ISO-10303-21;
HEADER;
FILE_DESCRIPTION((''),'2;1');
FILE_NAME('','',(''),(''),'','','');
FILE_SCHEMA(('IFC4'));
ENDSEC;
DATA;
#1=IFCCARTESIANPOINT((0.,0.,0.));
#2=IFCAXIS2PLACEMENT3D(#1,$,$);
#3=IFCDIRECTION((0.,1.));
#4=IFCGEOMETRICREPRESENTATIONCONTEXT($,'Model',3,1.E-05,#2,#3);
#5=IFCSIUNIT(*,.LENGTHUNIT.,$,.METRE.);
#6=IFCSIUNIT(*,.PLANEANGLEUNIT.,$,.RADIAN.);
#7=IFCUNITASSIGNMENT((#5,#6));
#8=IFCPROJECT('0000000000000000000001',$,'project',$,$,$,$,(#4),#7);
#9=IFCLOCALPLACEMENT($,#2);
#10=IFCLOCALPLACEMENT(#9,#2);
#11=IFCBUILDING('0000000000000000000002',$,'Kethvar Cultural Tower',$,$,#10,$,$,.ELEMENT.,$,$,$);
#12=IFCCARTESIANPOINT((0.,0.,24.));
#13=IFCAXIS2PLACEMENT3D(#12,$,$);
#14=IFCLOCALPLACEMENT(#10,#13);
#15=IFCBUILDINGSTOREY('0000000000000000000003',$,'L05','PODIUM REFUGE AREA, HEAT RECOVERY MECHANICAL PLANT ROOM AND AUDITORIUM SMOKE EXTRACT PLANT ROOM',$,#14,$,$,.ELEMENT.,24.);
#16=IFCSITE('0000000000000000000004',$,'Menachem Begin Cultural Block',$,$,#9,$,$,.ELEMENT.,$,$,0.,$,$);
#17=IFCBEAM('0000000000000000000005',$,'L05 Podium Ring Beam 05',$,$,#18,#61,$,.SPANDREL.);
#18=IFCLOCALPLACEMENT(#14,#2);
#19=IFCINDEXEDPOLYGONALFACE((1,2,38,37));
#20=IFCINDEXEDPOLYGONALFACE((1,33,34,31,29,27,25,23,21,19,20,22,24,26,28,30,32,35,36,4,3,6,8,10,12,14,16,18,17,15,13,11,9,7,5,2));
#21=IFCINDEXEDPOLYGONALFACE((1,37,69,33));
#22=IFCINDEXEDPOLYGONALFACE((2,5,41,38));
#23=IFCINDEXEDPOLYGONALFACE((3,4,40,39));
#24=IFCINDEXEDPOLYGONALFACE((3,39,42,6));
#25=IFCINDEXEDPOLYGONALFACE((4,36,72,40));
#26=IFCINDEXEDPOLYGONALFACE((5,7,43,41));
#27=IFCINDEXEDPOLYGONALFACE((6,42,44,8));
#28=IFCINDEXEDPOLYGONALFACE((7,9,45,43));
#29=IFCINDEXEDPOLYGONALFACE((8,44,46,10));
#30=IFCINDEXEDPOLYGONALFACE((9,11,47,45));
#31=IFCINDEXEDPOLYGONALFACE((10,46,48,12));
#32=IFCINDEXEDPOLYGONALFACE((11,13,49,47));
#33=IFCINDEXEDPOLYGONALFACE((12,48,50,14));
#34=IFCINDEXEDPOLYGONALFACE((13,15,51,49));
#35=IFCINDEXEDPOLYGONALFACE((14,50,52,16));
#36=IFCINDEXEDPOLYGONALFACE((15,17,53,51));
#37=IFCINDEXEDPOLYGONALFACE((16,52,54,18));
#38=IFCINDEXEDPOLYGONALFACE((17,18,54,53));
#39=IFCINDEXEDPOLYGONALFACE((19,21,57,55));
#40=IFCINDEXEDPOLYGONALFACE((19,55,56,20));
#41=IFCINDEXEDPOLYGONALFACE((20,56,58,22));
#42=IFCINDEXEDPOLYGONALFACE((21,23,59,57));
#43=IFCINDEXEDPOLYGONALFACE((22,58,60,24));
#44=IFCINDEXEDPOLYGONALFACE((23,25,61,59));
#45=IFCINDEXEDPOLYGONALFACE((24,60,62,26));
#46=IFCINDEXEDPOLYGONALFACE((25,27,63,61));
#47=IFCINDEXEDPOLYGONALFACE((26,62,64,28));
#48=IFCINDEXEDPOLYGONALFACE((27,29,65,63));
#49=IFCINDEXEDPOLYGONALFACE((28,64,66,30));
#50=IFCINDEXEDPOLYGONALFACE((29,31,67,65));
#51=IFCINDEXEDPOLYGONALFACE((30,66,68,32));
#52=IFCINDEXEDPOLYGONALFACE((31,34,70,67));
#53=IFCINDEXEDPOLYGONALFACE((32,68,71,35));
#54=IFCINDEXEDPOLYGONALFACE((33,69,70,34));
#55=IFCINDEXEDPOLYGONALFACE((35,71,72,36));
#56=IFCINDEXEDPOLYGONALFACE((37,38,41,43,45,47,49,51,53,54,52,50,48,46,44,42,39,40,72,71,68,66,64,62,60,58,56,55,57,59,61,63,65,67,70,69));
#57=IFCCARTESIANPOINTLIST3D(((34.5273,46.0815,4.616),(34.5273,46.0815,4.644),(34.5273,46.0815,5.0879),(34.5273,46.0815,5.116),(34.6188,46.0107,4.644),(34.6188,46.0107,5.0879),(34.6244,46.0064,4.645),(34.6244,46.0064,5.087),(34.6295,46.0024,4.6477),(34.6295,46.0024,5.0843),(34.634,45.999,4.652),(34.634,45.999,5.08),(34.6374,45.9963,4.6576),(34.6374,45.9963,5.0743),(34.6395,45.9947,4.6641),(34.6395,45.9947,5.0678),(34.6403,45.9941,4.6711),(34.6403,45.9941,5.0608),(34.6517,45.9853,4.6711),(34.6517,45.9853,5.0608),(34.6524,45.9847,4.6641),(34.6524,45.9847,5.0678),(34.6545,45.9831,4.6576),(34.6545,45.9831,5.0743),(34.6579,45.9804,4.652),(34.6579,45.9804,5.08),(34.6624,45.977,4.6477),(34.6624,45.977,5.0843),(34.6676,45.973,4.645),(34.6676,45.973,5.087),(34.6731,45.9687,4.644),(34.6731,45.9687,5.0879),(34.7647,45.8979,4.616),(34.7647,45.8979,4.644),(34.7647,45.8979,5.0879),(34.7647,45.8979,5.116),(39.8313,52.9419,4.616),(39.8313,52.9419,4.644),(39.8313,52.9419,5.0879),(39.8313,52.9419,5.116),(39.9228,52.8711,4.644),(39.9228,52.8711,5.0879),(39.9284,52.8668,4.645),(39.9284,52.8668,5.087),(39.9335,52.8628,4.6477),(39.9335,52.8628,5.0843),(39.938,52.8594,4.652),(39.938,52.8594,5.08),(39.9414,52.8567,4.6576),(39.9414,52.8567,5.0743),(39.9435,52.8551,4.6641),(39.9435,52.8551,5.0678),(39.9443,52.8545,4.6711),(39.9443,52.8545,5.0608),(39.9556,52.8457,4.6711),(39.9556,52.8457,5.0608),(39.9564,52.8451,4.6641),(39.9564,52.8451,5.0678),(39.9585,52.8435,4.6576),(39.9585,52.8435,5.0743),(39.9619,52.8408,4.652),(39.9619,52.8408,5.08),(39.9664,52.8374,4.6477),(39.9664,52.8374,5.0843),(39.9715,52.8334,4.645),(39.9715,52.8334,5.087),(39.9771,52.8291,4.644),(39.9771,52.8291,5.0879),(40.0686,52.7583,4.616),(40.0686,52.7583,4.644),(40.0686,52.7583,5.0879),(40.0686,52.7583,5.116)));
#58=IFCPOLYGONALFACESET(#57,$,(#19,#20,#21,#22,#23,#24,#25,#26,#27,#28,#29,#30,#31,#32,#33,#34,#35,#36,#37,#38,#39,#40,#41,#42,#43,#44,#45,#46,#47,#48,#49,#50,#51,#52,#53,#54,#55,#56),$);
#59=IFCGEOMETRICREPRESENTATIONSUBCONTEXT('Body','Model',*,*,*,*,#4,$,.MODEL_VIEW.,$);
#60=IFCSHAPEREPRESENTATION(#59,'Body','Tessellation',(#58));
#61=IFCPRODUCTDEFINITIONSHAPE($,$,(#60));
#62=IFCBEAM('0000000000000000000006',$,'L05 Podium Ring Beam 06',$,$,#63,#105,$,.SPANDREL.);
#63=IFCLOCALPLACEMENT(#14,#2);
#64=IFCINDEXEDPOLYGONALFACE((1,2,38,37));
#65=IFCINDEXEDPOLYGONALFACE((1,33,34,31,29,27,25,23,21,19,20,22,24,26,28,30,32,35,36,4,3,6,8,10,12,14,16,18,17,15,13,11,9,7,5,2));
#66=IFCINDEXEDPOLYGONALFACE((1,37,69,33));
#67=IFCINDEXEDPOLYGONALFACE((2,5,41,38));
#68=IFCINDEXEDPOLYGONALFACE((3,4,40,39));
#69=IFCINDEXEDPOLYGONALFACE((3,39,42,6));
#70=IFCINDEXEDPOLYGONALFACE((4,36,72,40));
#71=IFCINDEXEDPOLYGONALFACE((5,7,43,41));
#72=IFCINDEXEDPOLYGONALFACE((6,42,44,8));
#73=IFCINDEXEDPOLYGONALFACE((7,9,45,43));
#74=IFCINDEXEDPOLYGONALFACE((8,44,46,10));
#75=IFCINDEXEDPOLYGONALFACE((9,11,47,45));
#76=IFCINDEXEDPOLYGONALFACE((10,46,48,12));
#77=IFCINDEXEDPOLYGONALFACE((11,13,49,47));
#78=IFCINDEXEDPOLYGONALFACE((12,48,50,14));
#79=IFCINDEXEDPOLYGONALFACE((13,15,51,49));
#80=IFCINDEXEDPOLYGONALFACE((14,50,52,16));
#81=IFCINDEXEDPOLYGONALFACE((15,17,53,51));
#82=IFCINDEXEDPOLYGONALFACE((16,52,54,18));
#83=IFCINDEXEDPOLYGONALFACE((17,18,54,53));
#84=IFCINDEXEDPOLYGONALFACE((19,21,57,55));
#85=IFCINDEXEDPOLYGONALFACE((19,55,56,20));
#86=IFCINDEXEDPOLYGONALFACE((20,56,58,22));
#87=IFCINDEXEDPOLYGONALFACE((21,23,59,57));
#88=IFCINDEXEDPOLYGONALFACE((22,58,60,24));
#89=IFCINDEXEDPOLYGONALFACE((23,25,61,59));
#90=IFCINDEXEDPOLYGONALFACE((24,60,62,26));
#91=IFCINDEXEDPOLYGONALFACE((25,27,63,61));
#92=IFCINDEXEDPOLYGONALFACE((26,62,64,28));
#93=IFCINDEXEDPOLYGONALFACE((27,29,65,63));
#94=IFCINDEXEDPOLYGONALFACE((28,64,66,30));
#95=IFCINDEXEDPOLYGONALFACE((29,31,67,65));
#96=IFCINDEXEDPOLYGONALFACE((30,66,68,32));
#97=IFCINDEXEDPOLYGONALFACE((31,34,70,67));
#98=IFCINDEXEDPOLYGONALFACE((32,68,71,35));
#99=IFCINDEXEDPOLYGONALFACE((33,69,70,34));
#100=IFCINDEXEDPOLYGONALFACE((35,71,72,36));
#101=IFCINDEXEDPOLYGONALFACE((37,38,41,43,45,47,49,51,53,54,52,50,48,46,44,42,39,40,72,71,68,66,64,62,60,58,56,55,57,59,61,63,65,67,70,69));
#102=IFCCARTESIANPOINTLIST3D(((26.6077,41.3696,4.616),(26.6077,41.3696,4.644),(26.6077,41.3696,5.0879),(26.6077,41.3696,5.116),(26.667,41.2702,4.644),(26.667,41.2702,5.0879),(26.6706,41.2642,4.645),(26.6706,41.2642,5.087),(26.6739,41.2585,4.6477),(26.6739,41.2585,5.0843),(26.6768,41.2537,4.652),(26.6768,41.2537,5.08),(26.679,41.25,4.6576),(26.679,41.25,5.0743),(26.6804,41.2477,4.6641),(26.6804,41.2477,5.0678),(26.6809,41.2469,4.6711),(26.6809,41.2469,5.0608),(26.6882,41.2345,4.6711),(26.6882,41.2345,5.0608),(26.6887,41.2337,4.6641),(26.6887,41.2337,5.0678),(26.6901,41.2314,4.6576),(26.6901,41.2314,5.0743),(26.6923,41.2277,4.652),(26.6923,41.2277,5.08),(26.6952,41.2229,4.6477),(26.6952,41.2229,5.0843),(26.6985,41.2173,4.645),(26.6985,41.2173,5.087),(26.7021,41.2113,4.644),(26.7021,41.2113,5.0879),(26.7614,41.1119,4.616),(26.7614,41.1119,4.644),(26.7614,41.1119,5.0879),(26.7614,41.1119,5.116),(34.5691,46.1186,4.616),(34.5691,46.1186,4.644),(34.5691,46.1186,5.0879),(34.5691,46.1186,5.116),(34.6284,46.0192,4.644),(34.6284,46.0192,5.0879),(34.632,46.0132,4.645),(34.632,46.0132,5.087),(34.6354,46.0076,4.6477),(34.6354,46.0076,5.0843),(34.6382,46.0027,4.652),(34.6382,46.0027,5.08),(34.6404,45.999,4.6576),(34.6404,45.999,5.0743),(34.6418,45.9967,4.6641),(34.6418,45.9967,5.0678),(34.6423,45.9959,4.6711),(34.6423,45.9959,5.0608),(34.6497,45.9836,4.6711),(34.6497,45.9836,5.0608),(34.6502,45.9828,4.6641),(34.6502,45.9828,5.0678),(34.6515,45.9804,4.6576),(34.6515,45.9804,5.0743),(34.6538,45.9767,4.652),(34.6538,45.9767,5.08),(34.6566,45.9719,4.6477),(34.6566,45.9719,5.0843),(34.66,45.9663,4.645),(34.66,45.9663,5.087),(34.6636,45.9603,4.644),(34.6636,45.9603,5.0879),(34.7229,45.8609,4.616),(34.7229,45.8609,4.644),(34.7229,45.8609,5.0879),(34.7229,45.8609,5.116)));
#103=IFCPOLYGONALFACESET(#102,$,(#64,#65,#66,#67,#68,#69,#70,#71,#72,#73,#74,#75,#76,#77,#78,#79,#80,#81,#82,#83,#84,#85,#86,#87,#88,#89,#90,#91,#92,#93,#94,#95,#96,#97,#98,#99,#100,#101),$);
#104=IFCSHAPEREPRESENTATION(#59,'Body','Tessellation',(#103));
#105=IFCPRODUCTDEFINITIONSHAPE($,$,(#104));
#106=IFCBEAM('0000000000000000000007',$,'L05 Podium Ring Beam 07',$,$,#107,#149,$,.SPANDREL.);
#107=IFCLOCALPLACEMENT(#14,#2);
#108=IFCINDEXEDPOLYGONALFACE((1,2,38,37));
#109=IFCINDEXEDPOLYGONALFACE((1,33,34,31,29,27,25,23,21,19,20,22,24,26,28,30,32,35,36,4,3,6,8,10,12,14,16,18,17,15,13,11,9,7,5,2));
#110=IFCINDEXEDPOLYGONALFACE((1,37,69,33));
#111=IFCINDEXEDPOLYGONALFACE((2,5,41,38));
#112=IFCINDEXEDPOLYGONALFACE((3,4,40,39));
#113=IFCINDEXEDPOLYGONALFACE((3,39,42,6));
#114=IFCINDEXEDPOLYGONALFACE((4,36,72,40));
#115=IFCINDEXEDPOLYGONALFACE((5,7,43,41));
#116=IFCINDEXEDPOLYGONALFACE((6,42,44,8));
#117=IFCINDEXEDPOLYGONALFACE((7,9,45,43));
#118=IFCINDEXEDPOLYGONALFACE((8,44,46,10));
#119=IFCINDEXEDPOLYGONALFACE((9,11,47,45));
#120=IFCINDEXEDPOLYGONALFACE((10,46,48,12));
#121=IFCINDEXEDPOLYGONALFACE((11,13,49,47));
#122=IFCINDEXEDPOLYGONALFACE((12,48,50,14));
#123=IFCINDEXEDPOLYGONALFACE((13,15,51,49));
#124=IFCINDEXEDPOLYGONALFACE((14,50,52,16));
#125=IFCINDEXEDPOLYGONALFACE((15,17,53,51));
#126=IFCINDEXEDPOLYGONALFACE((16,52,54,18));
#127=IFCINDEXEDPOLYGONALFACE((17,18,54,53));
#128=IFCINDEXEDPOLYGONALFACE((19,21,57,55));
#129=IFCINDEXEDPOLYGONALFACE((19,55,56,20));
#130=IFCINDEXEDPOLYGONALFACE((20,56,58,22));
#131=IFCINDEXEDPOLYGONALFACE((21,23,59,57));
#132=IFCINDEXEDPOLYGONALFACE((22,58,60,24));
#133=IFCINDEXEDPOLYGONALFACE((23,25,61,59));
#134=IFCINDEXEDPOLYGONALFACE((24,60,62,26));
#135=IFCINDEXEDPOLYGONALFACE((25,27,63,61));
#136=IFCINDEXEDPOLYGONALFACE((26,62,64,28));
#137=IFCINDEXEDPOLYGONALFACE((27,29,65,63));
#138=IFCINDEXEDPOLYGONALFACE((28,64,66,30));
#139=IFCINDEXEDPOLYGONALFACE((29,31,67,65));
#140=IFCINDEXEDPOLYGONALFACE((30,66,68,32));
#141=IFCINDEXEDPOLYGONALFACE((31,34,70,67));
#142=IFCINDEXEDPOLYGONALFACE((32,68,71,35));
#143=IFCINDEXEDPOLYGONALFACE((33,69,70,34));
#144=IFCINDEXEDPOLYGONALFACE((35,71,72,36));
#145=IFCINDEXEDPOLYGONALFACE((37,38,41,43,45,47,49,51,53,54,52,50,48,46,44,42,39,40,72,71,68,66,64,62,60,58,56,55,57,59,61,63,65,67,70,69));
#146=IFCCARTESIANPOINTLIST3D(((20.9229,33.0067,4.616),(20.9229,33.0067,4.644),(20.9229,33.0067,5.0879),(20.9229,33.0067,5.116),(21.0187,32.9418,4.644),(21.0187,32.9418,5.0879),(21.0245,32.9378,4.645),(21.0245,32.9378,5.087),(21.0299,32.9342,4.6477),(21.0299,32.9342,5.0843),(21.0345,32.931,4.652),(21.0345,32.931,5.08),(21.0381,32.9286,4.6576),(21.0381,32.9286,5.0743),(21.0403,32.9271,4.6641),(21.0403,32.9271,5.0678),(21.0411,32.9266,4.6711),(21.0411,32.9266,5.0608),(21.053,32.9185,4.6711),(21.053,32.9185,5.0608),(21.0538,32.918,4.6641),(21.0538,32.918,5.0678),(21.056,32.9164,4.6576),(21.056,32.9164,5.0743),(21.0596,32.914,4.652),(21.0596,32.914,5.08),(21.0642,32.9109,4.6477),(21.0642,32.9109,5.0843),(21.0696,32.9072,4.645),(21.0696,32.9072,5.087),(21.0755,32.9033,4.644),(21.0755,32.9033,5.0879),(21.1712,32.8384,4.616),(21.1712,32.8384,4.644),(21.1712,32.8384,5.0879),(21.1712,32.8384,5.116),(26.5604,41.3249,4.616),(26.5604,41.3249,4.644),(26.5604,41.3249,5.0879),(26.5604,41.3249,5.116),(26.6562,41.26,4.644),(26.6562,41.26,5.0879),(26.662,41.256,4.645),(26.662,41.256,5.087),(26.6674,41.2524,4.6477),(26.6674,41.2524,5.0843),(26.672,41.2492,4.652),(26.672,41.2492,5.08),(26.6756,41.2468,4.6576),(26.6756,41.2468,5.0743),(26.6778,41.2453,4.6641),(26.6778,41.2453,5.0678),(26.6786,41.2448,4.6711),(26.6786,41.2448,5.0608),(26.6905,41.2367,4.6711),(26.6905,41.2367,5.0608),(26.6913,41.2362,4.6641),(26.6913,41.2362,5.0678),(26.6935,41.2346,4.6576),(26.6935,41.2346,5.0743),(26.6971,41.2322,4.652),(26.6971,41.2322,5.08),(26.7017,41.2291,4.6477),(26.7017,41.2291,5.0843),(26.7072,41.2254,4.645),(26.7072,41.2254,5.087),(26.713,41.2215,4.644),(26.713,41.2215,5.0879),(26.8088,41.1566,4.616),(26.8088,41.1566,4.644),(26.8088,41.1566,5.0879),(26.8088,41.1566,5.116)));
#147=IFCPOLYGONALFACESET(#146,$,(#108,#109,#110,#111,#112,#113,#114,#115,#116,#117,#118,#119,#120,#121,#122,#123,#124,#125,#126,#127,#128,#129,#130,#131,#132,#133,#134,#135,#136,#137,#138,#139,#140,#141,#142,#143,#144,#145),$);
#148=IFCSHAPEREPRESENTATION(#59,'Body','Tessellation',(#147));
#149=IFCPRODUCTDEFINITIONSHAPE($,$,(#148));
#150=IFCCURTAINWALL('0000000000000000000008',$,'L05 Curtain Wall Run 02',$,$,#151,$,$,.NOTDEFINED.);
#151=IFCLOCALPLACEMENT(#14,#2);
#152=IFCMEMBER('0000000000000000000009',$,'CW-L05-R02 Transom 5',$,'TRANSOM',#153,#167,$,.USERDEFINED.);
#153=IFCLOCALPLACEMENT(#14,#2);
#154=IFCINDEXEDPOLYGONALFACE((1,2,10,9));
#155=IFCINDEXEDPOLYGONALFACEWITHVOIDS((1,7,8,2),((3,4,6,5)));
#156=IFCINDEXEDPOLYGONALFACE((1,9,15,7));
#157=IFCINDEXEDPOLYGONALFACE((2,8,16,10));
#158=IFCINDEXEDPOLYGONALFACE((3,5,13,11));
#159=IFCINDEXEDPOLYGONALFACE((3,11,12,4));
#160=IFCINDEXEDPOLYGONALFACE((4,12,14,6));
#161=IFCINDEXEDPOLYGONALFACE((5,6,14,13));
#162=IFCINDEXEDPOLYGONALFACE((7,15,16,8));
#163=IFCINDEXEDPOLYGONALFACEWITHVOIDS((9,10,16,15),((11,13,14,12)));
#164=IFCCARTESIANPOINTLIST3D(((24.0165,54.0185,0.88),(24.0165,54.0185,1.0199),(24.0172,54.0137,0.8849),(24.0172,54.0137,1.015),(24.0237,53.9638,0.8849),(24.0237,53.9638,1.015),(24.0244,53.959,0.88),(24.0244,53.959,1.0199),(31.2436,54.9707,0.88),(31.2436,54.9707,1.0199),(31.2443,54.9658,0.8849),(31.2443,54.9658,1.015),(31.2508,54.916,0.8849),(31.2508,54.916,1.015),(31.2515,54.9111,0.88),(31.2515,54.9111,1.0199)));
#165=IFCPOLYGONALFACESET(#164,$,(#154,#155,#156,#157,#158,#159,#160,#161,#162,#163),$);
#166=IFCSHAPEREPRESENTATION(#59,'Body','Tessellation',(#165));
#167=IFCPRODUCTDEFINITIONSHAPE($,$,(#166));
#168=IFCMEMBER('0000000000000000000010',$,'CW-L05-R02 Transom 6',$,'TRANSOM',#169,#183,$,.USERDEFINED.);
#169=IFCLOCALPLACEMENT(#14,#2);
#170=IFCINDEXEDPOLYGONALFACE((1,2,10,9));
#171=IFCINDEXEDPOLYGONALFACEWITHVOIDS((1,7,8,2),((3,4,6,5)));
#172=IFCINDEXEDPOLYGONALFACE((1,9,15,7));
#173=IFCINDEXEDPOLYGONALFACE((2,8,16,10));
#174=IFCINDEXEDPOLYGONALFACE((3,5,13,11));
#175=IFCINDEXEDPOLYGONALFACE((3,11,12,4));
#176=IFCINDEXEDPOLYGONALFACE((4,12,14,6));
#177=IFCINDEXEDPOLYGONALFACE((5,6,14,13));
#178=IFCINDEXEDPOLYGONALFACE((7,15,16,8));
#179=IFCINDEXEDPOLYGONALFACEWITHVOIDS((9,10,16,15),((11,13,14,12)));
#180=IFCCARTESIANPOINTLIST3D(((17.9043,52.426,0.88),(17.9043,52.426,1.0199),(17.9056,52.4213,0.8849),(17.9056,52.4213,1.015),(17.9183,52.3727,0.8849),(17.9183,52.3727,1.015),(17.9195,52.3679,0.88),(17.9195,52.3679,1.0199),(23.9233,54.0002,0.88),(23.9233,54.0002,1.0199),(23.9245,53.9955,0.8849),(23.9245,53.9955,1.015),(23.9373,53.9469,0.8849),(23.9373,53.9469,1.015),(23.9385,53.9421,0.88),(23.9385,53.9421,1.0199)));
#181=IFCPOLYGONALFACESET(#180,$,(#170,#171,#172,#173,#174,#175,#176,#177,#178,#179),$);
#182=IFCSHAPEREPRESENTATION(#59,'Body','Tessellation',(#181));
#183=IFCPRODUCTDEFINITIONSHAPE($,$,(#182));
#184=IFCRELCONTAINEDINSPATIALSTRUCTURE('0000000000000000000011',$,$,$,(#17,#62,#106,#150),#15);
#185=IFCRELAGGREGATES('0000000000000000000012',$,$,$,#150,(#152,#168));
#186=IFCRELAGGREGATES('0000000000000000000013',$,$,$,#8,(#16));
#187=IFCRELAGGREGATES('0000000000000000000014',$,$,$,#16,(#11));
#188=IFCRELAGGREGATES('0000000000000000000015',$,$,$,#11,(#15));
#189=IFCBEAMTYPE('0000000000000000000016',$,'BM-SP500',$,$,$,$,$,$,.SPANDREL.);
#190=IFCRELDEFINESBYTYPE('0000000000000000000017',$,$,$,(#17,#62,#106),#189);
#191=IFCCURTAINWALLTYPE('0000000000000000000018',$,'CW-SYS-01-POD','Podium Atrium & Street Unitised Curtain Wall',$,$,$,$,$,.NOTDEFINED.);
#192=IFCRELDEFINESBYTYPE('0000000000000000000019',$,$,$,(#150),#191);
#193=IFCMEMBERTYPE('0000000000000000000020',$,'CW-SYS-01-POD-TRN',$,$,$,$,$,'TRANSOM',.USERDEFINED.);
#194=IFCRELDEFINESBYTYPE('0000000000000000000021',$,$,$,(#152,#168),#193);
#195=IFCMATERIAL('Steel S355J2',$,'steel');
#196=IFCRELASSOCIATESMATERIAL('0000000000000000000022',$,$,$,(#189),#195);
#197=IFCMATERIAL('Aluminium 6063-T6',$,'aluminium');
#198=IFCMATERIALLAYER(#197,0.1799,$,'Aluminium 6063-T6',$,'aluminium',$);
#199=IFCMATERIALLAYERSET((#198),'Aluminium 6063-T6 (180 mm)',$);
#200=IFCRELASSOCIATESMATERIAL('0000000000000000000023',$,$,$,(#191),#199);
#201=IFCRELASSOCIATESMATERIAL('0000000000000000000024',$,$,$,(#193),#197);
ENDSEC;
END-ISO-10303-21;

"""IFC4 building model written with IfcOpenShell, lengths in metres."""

from ifc_helpers import new_model, si_unit, direction, frame, origin, origin_2d, place, context, subcontext, project, spatial, hollow_rectangle, i_section, extrude, source, transform, mapped, material, layer, layer_set, material_profile, profile_set, type_object, element, aggregate, save


model = new_model("IFC4")

# Units and contexts
model_context = context("Model", 3, precision=1e-05, world=origin(), true_north=direction((0.0, 1.0)))
body_context = subcontext(model_context, "Body", "Model", "MODEL_VIEW")
ifc_project = project(units=[si_unit("LENGTHUNIT", "METRE"), si_unit("PLANEANGLEUNIT", "RADIAN")], contexts=[model_context])

# Site, building, storey
site_placement = place(None, origin())
site = spatial("IfcSite", under=ifc_project, at=site_placement, Name="Menachem Begin Cultural Block", CompositionType="ELEMENT", RefElevation=0.0)
building_placement = place(site_placement, origin())
building = spatial("IfcBuilding", under=site, at=building_placement, Name="Kethvar Cultural Tower", CompositionType="ELEMENT")
storey_placement = place(building_placement, frame((0.0, 0.0, 24.0)))
storey = spatial("IfcBuildingStorey", under=building, at=storey_placement, Name="L05", Description="PODIUM REFUGE AREA, HEAT RECOVERY MECHANICAL PLANT ROOM AND AUDITORIUM SMOKE EXTRACT PLANT ROOM", CompositionType="ELEMENT", Elevation=24.0)

# Beams
ifc_material_1 = material(Name="Steel S355J2", Category="steel")
ifc_material_profile_1 = material_profile(ifc_material_1, i_section(OverallWidth=0.3, OverallDepth=0.5, WebThickness=0.0144, FlangeThickness=0.0281, FilletRadius=0.0271, at=origin_2d()), Name="Steel S355J2 — HEB500")
ifc_profile_set_1 = profile_set([ifc_material_profile_1], Name="Steel S355J2 — HEB500")
beam_type = type_object("IfcBeamType", Name="BM-SP500", PredefinedType="SPANDREL", material=ifc_profile_set_1)
shared_shape_1 = source(origin(), body_context, "Body", "SweptSolid", [
    extrude(i_section(OverallWidth=0.3, OverallDepth=0.5, WebThickness=0.0144, FlangeThickness=0.0281, FilletRadius=0.0271, at=origin_2d()), origin(), (0.0, 0.0, 1.0), 8.6716),
])
beam_1_placement = place(storey_placement, frame((39.95, 52.8501, 4.866), z_axis=(-0.611648, -0.79113, 0.0), x_axis=(0.79113, -0.611648, 0.0)))
element("IfcBeam", 1, at=beam_1_placement, inside=storey, type_object=beam_type, Name="L05 Podium Ring Beam 05", PredefinedType="SPANDREL", context=body_context, shape_type="MappedRepresentation", body=[
    mapped(shared_shape_1, transform((0.0, 0.0, 0.0), scale=1.0)),
])
shared_shape_2 = source(origin(), body_context, "Body", "SweptSolid", [
    extrude(i_section(OverallWidth=0.3, OverallDepth=0.5, WebThickness=0.0144, FlangeThickness=0.0281, FilletRadius=0.0271, at=origin_2d()), origin(), (0.0, 0.0, 1.0), 9.2703),
])
beam_2_placement = place(storey_placement, frame((34.646, 45.9897, 4.866), z_axis=(-0.858815, -0.512286, 0.0), x_axis=(0.512286, -0.858815, 0.0)))
element("IfcBeam", 2, at=beam_2_placement, inside=storey, type_object=beam_type, Name="L05 Podium Ring Beam 06", PredefinedType="SPANDREL", context=body_context, shape_type="MappedRepresentation", body=[
    mapped(shared_shape_2, transform((0.0, 0.0, 0.0), scale=1.0)),
])
shared_shape_3 = source(origin(), body_context, "Body", "SweptSolid", [
    extrude(i_section(OverallWidth=0.3, OverallDepth=0.5, WebThickness=0.0144, FlangeThickness=0.0281, FilletRadius=0.0271, at=origin_2d()), origin(), (0.0, 0.0, 1.0), 10.0486),
])
beam_3_placement = place(storey_placement, frame((26.6846, 41.2407, 4.866), z_axis=(-0.561025, -0.827799, 0.0), x_axis=(0.827799, -0.561025, 0.0)))
element("IfcBeam", 3, at=beam_3_placement, inside=storey, type_object=beam_type, Name="L05 Podium Ring Beam 07", PredefinedType="SPANDREL", context=body_context, shape_type="MappedRepresentation", body=[
    mapped(shared_shape_3, transform((0.0, 0.0, 0.0), scale=1.0)),
])

# Curtain wall, members
ifc_material_2 = material(Name="Aluminium 6063-T6", Category="aluminium")
ifc_layer_1 = layer(ifc_material_2, 0.1799, Name="Aluminium 6063-T6", Category="aluminium")
ifc_layer_set_1 = layer_set([ifc_layer_1], Name="Aluminium 6063-T6 (180 mm)")
curtain_wall_type = type_object("IfcCurtainWallType", Name="CW-SYS-01-POD", Description="Podium Atrium & Street Unitised Curtain Wall", PredefinedType="NOTDEFINED", material=ifc_layer_set_1)
curtain_wall_placement = place(storey_placement, origin())
curtain_wall = element("IfcCurtainWall", 4, at=curtain_wall_placement, inside=storey, type_object=curtain_wall_type, Name="L05 Curtain Wall Run 02", PredefinedType="NOTDEFINED")
ifc_material_profile_2 = material_profile(ifc_material_2, hollow_rectangle(XDim=0.0601, YDim=0.1399, WallThickness=0.0049, at=origin_2d()), Name="Aluminium 6063-T6 — RHS140x60x5")
ifc_profile_set_2 = profile_set([ifc_material_profile_2], Name="Aluminium 6063-T6 — RHS140x60x5")
member_type_1 = type_object("IfcMemberType", Name="CW-SYS-01-POD-TRN", ElementType="TRANSOM", PredefinedType="USERDEFINED", material=ifc_profile_set_2)
shared_shape_4 = source(origin(), body_context, "Body", "SweptSolid", [
    extrude(hollow_rectangle(XDim=0.0601, YDim=0.1399, WallThickness=0.0049, at=origin_2d()), origin(), (0.0, 0.0, 1.0), 7.2896),
])
member_1_placement = place(storey_placement, frame((31.2476, 54.9409, 0.95), z_axis=(-0.991433, -0.130619, 0.0), x_axis=(0.130619, -0.991433, 0.0)))
member_1 = element("IfcMember", 5, at=member_1_placement, type_object=member_type_1, Name="CW-L05-R02 Transom 5", ObjectType="TRANSOM", PredefinedType="USERDEFINED", context=body_context, shape_type="MappedRepresentation", body=[
    mapped(shared_shape_4, transform((0.0, 0.0, 0.0), scale=1.0)),
])
shared_shape_5 = source(origin(), body_context, "Body", "SweptSolid", [
    extrude(hollow_rectangle(XDim=0.0601, YDim=0.1399, WallThickness=0.0049, at=origin_2d()), origin(), (0.0, 0.0, 1.0), 6.2214),
])
member_2_placement = place(storey_placement, frame((23.9309, 53.9712, 0.95), z_axis=(-0.967459, -0.253029, 0.0), x_axis=(0.253029, -0.967459, 0.0)))
member_2 = element("IfcMember", 6, at=member_2_placement, type_object=member_type_1, Name="CW-L05-R02 Transom 6", ObjectType="TRANSOM", PredefinedType="USERDEFINED", context=body_context, shape_type="MappedRepresentation", body=[
    mapped(shared_shape_5, transform((0.0, 0.0, 0.0), scale=1.0)),
])

aggregate(curtain_wall, [member_1, member_2])

save(model, "model.ifc")
